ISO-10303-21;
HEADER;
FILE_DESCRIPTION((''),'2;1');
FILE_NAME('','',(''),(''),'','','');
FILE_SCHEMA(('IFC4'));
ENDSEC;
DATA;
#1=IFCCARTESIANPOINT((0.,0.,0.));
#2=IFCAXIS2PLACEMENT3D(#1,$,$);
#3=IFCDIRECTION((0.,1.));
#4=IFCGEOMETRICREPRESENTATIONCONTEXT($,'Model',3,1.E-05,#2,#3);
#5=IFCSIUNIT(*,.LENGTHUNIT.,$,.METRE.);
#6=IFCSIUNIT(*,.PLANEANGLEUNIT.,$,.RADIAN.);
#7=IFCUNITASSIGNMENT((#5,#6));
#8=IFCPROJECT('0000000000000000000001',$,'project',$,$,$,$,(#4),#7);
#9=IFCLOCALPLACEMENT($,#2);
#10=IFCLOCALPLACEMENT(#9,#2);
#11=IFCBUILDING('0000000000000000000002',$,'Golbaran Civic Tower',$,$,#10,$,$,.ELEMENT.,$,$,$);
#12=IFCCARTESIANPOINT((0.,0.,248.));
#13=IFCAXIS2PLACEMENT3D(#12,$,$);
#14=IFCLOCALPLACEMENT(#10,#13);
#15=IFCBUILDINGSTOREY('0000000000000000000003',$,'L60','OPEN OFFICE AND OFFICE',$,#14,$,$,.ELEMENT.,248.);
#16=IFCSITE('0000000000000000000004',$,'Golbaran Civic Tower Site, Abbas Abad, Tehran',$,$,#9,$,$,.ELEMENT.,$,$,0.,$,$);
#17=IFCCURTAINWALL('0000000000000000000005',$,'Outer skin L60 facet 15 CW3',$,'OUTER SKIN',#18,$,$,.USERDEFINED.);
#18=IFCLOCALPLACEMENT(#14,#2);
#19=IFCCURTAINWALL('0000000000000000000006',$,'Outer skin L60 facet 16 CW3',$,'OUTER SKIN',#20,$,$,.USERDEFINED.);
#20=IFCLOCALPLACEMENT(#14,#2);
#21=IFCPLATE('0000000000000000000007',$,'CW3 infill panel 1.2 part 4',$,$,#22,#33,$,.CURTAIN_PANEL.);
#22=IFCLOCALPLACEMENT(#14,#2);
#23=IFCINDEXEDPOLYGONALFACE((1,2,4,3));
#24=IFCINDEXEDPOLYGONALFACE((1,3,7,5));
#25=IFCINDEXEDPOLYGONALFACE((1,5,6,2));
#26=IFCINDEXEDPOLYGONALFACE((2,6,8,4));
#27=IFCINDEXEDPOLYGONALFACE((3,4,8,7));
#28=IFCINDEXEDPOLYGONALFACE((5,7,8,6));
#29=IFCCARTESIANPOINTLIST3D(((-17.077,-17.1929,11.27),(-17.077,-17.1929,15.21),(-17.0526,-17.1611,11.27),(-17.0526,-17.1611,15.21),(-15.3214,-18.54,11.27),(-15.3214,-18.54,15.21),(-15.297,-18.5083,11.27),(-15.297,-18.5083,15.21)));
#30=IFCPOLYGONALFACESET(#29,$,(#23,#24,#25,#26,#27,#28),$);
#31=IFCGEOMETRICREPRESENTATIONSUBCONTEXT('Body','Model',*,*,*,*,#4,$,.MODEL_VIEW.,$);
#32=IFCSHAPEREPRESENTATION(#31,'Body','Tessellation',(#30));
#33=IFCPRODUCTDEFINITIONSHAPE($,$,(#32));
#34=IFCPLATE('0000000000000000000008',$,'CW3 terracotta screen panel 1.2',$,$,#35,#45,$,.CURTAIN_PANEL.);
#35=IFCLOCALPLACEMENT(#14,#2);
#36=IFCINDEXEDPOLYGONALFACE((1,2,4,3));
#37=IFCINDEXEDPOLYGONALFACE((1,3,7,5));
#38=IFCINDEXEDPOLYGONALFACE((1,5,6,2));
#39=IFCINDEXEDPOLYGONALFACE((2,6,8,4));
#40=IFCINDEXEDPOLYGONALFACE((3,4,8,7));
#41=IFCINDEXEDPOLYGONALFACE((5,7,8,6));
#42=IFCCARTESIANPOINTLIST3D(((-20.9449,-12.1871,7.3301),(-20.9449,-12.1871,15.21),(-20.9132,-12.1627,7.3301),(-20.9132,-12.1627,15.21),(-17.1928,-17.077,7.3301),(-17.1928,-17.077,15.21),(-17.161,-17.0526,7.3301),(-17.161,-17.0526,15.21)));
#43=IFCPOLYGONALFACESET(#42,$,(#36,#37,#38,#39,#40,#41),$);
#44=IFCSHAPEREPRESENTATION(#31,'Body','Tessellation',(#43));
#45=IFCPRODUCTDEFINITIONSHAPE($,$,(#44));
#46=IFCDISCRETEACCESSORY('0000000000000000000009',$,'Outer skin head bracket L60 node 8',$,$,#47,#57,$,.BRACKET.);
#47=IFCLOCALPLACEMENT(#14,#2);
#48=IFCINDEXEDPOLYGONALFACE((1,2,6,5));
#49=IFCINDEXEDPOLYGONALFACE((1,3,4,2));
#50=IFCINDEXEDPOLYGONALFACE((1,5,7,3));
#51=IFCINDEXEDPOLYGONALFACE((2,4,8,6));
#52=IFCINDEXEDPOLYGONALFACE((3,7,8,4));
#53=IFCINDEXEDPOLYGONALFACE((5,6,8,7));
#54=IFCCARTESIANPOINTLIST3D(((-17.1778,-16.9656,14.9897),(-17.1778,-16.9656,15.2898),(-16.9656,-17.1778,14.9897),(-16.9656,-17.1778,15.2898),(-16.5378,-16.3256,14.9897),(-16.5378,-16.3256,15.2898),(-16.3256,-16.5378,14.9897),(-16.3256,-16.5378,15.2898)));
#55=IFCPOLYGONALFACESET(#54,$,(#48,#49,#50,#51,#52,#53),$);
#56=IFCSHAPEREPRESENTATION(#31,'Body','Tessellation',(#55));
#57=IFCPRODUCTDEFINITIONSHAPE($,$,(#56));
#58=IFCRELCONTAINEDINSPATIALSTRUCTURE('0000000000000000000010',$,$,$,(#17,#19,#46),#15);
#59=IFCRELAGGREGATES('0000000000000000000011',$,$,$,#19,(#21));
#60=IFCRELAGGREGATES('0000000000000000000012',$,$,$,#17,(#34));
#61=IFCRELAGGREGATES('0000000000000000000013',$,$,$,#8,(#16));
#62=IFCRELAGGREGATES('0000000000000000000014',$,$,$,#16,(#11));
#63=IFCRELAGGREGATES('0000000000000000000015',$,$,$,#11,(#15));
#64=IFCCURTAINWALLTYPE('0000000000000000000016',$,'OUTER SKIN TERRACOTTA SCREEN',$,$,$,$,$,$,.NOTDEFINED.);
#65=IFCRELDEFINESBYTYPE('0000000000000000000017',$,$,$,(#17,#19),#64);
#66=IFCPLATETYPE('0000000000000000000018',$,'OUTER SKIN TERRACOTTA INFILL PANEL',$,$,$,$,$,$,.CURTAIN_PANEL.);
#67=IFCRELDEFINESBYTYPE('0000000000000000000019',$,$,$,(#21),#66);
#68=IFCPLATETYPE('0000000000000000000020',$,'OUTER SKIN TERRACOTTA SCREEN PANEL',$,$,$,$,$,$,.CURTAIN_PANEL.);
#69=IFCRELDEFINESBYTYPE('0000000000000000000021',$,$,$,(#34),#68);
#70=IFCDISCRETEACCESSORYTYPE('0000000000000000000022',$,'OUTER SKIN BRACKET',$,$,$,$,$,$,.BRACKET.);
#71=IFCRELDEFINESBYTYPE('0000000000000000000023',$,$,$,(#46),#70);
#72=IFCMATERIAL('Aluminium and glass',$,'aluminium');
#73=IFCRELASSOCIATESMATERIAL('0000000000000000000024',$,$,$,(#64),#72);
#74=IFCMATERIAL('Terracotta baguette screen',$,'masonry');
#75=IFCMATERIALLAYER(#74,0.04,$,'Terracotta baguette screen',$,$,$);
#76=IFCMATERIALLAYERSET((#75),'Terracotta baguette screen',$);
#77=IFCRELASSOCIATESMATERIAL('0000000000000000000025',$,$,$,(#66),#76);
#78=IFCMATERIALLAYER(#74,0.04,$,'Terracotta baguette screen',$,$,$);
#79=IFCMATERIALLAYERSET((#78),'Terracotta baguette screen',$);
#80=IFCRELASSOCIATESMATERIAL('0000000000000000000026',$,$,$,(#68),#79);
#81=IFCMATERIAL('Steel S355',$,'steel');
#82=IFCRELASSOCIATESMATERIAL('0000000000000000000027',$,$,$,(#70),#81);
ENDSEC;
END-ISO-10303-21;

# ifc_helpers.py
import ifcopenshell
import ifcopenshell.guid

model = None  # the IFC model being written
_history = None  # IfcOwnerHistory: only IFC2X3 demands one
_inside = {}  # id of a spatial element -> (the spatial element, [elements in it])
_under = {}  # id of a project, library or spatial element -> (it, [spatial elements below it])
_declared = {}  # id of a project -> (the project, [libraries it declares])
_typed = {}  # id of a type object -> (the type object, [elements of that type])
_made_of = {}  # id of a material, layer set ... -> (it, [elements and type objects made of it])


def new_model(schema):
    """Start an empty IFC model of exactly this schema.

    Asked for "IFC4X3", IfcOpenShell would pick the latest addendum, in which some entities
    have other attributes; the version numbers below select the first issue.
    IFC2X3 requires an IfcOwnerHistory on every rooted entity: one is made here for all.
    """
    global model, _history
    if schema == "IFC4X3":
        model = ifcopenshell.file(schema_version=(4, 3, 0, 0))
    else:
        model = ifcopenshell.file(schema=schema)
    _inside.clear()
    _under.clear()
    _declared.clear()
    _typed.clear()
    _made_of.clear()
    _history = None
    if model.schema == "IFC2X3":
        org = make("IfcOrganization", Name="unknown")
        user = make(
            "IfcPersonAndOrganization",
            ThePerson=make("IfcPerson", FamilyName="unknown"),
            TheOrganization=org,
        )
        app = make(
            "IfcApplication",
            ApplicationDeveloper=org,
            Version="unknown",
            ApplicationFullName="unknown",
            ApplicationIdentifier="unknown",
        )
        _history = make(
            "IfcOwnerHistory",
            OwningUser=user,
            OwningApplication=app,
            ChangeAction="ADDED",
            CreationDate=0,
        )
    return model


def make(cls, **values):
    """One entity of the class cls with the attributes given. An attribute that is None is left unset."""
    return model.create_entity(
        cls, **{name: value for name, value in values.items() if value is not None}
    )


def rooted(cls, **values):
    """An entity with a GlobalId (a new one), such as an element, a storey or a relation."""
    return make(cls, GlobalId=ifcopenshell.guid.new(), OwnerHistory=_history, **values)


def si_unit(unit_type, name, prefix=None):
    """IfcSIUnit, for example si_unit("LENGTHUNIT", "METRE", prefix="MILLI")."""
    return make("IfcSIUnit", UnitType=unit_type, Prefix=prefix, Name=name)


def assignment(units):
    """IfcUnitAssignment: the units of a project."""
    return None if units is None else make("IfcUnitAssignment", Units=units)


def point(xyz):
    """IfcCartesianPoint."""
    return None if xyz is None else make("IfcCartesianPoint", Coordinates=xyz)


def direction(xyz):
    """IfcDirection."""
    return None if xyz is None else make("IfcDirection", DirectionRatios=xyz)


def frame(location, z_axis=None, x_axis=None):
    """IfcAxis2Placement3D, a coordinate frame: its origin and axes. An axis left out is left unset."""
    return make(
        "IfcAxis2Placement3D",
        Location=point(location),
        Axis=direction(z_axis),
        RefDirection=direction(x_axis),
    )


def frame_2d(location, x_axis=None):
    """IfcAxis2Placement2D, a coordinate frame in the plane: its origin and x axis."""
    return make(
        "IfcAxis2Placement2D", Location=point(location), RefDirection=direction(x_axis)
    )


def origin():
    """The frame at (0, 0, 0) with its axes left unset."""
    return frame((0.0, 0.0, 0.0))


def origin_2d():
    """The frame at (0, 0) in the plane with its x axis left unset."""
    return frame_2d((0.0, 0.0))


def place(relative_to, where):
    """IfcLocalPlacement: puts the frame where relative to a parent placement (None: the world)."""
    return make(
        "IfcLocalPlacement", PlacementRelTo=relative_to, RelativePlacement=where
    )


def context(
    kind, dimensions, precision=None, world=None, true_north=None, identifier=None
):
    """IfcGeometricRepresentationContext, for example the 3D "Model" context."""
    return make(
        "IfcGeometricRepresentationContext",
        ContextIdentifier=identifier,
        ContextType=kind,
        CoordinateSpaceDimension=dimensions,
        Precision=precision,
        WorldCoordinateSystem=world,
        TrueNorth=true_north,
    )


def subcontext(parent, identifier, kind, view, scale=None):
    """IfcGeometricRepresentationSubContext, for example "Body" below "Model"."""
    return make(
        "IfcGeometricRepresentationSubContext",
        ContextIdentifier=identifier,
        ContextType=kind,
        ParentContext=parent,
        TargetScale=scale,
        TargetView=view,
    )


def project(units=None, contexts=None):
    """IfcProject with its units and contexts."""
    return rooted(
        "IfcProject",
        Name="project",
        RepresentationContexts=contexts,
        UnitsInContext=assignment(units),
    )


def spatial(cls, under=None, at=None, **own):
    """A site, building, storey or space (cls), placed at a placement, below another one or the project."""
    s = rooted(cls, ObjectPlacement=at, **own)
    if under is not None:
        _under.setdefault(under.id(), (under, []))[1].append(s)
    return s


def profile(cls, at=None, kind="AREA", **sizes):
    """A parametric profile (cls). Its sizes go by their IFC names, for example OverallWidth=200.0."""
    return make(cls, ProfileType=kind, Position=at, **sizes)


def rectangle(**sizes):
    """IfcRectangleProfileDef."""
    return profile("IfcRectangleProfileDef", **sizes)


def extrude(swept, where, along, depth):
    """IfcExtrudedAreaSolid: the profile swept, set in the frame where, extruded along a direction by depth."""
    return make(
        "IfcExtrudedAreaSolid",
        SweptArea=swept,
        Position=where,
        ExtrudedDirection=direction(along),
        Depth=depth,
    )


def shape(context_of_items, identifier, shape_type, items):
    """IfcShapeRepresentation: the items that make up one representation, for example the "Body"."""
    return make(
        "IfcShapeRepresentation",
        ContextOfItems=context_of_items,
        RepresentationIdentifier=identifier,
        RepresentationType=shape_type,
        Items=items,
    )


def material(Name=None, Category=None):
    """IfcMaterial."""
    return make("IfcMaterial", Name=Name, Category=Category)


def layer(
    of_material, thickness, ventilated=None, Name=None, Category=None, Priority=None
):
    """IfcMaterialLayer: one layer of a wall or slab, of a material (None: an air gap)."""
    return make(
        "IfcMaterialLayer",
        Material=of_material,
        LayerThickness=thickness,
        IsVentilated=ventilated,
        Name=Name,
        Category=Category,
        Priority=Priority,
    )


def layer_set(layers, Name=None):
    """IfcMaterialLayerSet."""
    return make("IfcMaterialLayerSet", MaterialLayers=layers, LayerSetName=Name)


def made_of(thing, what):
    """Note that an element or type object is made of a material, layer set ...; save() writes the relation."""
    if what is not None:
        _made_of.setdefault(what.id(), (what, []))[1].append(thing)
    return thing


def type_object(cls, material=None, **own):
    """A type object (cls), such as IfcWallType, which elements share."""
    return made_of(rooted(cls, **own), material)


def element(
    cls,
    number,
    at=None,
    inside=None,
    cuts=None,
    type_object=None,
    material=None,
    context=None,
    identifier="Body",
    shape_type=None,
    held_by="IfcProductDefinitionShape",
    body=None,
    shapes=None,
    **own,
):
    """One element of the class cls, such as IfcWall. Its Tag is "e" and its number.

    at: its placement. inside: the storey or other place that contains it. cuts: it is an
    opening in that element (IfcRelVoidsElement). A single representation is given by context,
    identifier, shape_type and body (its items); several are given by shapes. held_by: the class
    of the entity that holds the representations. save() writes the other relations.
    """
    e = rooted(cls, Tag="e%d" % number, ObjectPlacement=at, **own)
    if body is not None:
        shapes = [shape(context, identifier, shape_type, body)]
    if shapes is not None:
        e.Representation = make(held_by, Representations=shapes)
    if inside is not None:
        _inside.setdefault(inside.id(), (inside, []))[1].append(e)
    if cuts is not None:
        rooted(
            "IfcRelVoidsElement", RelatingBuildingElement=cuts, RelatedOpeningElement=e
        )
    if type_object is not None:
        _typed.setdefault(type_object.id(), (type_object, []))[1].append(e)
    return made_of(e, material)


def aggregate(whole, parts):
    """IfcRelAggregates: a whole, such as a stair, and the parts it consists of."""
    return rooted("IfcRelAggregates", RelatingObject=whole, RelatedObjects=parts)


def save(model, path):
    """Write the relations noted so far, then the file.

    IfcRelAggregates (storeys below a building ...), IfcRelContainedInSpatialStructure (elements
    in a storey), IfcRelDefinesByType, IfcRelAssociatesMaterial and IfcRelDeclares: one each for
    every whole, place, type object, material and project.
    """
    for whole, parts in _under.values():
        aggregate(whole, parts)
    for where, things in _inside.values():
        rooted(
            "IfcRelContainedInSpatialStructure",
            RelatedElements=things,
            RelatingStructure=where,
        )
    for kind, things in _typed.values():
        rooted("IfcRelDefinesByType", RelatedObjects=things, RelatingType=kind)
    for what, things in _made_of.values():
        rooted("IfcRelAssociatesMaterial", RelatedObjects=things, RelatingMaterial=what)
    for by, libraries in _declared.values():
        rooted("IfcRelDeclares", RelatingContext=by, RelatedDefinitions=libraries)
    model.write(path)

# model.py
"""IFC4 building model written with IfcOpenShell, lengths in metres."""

from ifc_helpers import new_model, si_unit, direction, frame, origin, origin_2d, place, context, subcontext, project, spatial, rectangle, extrude, material, layer, layer_set, type_object, element, aggregate, save


model = new_model("IFC4")

# Units and contexts
model_context = context("Model", 3, precision=1e-05, world=origin(), true_north=direction((0.0, 1.0)))
body_context = subcontext(model_context, "Body", "Model", "MODEL_VIEW")
ifc_project = project(units=[si_unit("LENGTHUNIT", "METRE"), si_unit("PLANEANGLEUNIT", "RADIAN")], contexts=[model_context])

# Site, building, storey
site_placement = place(None, origin())
site = spatial("IfcSite", under=ifc_project, at=site_placement, Name="Golbaran Civic Tower Site, Abbas Abad, Tehran", CompositionType="ELEMENT", RefElevation=0.0)
building_placement = place(site_placement, origin())
building = spatial("IfcBuilding", under=site, at=building_placement, Name="Golbaran Civic Tower", CompositionType="ELEMENT")
storey_placement = place(building_placement, frame((0.0, 0.0, 248.0)))
storey = spatial("IfcBuildingStorey", under=building, at=storey_placement, Name="L60", Description="OPEN OFFICE AND OFFICE", CompositionType="ELEMENT", Elevation=248.0)

# Curtain walls
ifc_material_1 = material(Name="Aluminium and glass", Category="aluminium")
curtain_wall_type_1 = type_object("IfcCurtainWallType", Name="OUTER SKIN TERRACOTTA SCREEN", PredefinedType="NOTDEFINED", material=ifc_material_1)
curtain_wall_1_placement = place(storey_placement, origin())
curtain_wall_1 = element("IfcCurtainWall", 1, at=curtain_wall_1_placement, inside=storey, type_object=curtain_wall_type_1, Name="Outer skin L60 facet 15 CW3", ObjectType="OUTER SKIN", PredefinedType="USERDEFINED")
curtain_wall_2_placement = place(storey_placement, origin())
curtain_wall_2 = element("IfcCurtainWall", 2, at=curtain_wall_2_placement, inside=storey, type_object=curtain_wall_type_1, Name="Outer skin L60 facet 16 CW3", ObjectType="OUTER SKIN", PredefinedType="USERDEFINED")

# Plates
ifc_material_2 = material(Name="Terracotta baguette screen", Category="masonry")
ifc_layer_1 = layer(ifc_material_2, 0.04, Name="Terracotta baguette screen")
ifc_layer_set_1 = layer_set([ifc_layer_1], Name="Terracotta baguette screen")
plate_type_1 = type_object("IfcPlateType", Name="OUTER SKIN TERRACOTTA INFILL PANEL", PredefinedType="CURTAIN_PANEL", material=ifc_layer_set_1)
plate_1_placement = place(storey_placement, frame((-16.187, -17.8506, 11.27), z_axis=(0.0, 0.0, 1.0), x_axis=(0.793353, -0.608761, 0.0)))
plate_1 = element("IfcPlate", 3, at=plate_1_placement, type_object=plate_type_1, Name="CW3 infill panel 1.2 part 4", PredefinedType="CURTAIN_PANEL", context=body_context, shape_type="SweptSolid", body=[
    extrude(rectangle(XDim=2.2129, YDim=0.04, at=origin_2d()), origin(), (0.0, 0.0, 1.0), 3.9399),
])
aggregate(curtain_wall_2, [plate_1])
ifc_layer_2 = layer(ifc_material_2, 0.04, Name="Terracotta baguette screen")
ifc_layer_set_2 = layer_set([ifc_layer_2], Name="Terracotta baguette screen")
plate_type_2 = type_object("IfcPlateType", Name="OUTER SKIN TERRACOTTA SCREEN PANEL", PredefinedType="CURTAIN_PANEL", material=ifc_layer_set_2)
plate_2_placement = place(storey_placement, frame((-19.053, -14.6199, 7.3301), z_axis=(0.0, 0.0, 1.0), x_axis=(0.608761, -0.793353, 0.0)))
plate_2 = element("IfcPlate", 4, at=plate_2_placement, type_object=plate_type_2, Name="CW3 terracotta screen panel 1.2", PredefinedType="CURTAIN_PANEL", context=body_context, shape_type="SweptSolid", body=[
    extrude(rectangle(XDim=6.1636, YDim=0.04, at=origin_2d()), origin(), (0.0, 0.0, 1.0), 7.8799),
])
aggregate(curtain_wall_1, [plate_2])

# Discrete accessory
ifc_material_3 = material(Name="Steel S355", Category="steel")
discrete_accessory_type = type_object("IfcDiscreteAccessoryType", Name="OUTER SKIN BRACKET", PredefinedType="BRACKET", material=ifc_material_3)
discrete_accessory_placement = place(storey_placement, frame((-16.7517, -16.7517, 14.9897), z_axis=(0.0, 0.0, 1.0), x_axis=(-0.707107, -0.707107, 0.0)))
element("IfcDiscreteAccessory", 5, at=discrete_accessory_placement, inside=storey, type_object=discrete_accessory_type, Name="Outer skin head bracket L60 node 8", PredefinedType="BRACKET", context=body_context, shape_type="SweptSolid", body=[
    extrude(rectangle(XDim=0.905, YDim=0.3, at=origin_2d()), origin(), (0.0, 0.0, 1.0), 0.3),
])

save(model, "model.ifc")
